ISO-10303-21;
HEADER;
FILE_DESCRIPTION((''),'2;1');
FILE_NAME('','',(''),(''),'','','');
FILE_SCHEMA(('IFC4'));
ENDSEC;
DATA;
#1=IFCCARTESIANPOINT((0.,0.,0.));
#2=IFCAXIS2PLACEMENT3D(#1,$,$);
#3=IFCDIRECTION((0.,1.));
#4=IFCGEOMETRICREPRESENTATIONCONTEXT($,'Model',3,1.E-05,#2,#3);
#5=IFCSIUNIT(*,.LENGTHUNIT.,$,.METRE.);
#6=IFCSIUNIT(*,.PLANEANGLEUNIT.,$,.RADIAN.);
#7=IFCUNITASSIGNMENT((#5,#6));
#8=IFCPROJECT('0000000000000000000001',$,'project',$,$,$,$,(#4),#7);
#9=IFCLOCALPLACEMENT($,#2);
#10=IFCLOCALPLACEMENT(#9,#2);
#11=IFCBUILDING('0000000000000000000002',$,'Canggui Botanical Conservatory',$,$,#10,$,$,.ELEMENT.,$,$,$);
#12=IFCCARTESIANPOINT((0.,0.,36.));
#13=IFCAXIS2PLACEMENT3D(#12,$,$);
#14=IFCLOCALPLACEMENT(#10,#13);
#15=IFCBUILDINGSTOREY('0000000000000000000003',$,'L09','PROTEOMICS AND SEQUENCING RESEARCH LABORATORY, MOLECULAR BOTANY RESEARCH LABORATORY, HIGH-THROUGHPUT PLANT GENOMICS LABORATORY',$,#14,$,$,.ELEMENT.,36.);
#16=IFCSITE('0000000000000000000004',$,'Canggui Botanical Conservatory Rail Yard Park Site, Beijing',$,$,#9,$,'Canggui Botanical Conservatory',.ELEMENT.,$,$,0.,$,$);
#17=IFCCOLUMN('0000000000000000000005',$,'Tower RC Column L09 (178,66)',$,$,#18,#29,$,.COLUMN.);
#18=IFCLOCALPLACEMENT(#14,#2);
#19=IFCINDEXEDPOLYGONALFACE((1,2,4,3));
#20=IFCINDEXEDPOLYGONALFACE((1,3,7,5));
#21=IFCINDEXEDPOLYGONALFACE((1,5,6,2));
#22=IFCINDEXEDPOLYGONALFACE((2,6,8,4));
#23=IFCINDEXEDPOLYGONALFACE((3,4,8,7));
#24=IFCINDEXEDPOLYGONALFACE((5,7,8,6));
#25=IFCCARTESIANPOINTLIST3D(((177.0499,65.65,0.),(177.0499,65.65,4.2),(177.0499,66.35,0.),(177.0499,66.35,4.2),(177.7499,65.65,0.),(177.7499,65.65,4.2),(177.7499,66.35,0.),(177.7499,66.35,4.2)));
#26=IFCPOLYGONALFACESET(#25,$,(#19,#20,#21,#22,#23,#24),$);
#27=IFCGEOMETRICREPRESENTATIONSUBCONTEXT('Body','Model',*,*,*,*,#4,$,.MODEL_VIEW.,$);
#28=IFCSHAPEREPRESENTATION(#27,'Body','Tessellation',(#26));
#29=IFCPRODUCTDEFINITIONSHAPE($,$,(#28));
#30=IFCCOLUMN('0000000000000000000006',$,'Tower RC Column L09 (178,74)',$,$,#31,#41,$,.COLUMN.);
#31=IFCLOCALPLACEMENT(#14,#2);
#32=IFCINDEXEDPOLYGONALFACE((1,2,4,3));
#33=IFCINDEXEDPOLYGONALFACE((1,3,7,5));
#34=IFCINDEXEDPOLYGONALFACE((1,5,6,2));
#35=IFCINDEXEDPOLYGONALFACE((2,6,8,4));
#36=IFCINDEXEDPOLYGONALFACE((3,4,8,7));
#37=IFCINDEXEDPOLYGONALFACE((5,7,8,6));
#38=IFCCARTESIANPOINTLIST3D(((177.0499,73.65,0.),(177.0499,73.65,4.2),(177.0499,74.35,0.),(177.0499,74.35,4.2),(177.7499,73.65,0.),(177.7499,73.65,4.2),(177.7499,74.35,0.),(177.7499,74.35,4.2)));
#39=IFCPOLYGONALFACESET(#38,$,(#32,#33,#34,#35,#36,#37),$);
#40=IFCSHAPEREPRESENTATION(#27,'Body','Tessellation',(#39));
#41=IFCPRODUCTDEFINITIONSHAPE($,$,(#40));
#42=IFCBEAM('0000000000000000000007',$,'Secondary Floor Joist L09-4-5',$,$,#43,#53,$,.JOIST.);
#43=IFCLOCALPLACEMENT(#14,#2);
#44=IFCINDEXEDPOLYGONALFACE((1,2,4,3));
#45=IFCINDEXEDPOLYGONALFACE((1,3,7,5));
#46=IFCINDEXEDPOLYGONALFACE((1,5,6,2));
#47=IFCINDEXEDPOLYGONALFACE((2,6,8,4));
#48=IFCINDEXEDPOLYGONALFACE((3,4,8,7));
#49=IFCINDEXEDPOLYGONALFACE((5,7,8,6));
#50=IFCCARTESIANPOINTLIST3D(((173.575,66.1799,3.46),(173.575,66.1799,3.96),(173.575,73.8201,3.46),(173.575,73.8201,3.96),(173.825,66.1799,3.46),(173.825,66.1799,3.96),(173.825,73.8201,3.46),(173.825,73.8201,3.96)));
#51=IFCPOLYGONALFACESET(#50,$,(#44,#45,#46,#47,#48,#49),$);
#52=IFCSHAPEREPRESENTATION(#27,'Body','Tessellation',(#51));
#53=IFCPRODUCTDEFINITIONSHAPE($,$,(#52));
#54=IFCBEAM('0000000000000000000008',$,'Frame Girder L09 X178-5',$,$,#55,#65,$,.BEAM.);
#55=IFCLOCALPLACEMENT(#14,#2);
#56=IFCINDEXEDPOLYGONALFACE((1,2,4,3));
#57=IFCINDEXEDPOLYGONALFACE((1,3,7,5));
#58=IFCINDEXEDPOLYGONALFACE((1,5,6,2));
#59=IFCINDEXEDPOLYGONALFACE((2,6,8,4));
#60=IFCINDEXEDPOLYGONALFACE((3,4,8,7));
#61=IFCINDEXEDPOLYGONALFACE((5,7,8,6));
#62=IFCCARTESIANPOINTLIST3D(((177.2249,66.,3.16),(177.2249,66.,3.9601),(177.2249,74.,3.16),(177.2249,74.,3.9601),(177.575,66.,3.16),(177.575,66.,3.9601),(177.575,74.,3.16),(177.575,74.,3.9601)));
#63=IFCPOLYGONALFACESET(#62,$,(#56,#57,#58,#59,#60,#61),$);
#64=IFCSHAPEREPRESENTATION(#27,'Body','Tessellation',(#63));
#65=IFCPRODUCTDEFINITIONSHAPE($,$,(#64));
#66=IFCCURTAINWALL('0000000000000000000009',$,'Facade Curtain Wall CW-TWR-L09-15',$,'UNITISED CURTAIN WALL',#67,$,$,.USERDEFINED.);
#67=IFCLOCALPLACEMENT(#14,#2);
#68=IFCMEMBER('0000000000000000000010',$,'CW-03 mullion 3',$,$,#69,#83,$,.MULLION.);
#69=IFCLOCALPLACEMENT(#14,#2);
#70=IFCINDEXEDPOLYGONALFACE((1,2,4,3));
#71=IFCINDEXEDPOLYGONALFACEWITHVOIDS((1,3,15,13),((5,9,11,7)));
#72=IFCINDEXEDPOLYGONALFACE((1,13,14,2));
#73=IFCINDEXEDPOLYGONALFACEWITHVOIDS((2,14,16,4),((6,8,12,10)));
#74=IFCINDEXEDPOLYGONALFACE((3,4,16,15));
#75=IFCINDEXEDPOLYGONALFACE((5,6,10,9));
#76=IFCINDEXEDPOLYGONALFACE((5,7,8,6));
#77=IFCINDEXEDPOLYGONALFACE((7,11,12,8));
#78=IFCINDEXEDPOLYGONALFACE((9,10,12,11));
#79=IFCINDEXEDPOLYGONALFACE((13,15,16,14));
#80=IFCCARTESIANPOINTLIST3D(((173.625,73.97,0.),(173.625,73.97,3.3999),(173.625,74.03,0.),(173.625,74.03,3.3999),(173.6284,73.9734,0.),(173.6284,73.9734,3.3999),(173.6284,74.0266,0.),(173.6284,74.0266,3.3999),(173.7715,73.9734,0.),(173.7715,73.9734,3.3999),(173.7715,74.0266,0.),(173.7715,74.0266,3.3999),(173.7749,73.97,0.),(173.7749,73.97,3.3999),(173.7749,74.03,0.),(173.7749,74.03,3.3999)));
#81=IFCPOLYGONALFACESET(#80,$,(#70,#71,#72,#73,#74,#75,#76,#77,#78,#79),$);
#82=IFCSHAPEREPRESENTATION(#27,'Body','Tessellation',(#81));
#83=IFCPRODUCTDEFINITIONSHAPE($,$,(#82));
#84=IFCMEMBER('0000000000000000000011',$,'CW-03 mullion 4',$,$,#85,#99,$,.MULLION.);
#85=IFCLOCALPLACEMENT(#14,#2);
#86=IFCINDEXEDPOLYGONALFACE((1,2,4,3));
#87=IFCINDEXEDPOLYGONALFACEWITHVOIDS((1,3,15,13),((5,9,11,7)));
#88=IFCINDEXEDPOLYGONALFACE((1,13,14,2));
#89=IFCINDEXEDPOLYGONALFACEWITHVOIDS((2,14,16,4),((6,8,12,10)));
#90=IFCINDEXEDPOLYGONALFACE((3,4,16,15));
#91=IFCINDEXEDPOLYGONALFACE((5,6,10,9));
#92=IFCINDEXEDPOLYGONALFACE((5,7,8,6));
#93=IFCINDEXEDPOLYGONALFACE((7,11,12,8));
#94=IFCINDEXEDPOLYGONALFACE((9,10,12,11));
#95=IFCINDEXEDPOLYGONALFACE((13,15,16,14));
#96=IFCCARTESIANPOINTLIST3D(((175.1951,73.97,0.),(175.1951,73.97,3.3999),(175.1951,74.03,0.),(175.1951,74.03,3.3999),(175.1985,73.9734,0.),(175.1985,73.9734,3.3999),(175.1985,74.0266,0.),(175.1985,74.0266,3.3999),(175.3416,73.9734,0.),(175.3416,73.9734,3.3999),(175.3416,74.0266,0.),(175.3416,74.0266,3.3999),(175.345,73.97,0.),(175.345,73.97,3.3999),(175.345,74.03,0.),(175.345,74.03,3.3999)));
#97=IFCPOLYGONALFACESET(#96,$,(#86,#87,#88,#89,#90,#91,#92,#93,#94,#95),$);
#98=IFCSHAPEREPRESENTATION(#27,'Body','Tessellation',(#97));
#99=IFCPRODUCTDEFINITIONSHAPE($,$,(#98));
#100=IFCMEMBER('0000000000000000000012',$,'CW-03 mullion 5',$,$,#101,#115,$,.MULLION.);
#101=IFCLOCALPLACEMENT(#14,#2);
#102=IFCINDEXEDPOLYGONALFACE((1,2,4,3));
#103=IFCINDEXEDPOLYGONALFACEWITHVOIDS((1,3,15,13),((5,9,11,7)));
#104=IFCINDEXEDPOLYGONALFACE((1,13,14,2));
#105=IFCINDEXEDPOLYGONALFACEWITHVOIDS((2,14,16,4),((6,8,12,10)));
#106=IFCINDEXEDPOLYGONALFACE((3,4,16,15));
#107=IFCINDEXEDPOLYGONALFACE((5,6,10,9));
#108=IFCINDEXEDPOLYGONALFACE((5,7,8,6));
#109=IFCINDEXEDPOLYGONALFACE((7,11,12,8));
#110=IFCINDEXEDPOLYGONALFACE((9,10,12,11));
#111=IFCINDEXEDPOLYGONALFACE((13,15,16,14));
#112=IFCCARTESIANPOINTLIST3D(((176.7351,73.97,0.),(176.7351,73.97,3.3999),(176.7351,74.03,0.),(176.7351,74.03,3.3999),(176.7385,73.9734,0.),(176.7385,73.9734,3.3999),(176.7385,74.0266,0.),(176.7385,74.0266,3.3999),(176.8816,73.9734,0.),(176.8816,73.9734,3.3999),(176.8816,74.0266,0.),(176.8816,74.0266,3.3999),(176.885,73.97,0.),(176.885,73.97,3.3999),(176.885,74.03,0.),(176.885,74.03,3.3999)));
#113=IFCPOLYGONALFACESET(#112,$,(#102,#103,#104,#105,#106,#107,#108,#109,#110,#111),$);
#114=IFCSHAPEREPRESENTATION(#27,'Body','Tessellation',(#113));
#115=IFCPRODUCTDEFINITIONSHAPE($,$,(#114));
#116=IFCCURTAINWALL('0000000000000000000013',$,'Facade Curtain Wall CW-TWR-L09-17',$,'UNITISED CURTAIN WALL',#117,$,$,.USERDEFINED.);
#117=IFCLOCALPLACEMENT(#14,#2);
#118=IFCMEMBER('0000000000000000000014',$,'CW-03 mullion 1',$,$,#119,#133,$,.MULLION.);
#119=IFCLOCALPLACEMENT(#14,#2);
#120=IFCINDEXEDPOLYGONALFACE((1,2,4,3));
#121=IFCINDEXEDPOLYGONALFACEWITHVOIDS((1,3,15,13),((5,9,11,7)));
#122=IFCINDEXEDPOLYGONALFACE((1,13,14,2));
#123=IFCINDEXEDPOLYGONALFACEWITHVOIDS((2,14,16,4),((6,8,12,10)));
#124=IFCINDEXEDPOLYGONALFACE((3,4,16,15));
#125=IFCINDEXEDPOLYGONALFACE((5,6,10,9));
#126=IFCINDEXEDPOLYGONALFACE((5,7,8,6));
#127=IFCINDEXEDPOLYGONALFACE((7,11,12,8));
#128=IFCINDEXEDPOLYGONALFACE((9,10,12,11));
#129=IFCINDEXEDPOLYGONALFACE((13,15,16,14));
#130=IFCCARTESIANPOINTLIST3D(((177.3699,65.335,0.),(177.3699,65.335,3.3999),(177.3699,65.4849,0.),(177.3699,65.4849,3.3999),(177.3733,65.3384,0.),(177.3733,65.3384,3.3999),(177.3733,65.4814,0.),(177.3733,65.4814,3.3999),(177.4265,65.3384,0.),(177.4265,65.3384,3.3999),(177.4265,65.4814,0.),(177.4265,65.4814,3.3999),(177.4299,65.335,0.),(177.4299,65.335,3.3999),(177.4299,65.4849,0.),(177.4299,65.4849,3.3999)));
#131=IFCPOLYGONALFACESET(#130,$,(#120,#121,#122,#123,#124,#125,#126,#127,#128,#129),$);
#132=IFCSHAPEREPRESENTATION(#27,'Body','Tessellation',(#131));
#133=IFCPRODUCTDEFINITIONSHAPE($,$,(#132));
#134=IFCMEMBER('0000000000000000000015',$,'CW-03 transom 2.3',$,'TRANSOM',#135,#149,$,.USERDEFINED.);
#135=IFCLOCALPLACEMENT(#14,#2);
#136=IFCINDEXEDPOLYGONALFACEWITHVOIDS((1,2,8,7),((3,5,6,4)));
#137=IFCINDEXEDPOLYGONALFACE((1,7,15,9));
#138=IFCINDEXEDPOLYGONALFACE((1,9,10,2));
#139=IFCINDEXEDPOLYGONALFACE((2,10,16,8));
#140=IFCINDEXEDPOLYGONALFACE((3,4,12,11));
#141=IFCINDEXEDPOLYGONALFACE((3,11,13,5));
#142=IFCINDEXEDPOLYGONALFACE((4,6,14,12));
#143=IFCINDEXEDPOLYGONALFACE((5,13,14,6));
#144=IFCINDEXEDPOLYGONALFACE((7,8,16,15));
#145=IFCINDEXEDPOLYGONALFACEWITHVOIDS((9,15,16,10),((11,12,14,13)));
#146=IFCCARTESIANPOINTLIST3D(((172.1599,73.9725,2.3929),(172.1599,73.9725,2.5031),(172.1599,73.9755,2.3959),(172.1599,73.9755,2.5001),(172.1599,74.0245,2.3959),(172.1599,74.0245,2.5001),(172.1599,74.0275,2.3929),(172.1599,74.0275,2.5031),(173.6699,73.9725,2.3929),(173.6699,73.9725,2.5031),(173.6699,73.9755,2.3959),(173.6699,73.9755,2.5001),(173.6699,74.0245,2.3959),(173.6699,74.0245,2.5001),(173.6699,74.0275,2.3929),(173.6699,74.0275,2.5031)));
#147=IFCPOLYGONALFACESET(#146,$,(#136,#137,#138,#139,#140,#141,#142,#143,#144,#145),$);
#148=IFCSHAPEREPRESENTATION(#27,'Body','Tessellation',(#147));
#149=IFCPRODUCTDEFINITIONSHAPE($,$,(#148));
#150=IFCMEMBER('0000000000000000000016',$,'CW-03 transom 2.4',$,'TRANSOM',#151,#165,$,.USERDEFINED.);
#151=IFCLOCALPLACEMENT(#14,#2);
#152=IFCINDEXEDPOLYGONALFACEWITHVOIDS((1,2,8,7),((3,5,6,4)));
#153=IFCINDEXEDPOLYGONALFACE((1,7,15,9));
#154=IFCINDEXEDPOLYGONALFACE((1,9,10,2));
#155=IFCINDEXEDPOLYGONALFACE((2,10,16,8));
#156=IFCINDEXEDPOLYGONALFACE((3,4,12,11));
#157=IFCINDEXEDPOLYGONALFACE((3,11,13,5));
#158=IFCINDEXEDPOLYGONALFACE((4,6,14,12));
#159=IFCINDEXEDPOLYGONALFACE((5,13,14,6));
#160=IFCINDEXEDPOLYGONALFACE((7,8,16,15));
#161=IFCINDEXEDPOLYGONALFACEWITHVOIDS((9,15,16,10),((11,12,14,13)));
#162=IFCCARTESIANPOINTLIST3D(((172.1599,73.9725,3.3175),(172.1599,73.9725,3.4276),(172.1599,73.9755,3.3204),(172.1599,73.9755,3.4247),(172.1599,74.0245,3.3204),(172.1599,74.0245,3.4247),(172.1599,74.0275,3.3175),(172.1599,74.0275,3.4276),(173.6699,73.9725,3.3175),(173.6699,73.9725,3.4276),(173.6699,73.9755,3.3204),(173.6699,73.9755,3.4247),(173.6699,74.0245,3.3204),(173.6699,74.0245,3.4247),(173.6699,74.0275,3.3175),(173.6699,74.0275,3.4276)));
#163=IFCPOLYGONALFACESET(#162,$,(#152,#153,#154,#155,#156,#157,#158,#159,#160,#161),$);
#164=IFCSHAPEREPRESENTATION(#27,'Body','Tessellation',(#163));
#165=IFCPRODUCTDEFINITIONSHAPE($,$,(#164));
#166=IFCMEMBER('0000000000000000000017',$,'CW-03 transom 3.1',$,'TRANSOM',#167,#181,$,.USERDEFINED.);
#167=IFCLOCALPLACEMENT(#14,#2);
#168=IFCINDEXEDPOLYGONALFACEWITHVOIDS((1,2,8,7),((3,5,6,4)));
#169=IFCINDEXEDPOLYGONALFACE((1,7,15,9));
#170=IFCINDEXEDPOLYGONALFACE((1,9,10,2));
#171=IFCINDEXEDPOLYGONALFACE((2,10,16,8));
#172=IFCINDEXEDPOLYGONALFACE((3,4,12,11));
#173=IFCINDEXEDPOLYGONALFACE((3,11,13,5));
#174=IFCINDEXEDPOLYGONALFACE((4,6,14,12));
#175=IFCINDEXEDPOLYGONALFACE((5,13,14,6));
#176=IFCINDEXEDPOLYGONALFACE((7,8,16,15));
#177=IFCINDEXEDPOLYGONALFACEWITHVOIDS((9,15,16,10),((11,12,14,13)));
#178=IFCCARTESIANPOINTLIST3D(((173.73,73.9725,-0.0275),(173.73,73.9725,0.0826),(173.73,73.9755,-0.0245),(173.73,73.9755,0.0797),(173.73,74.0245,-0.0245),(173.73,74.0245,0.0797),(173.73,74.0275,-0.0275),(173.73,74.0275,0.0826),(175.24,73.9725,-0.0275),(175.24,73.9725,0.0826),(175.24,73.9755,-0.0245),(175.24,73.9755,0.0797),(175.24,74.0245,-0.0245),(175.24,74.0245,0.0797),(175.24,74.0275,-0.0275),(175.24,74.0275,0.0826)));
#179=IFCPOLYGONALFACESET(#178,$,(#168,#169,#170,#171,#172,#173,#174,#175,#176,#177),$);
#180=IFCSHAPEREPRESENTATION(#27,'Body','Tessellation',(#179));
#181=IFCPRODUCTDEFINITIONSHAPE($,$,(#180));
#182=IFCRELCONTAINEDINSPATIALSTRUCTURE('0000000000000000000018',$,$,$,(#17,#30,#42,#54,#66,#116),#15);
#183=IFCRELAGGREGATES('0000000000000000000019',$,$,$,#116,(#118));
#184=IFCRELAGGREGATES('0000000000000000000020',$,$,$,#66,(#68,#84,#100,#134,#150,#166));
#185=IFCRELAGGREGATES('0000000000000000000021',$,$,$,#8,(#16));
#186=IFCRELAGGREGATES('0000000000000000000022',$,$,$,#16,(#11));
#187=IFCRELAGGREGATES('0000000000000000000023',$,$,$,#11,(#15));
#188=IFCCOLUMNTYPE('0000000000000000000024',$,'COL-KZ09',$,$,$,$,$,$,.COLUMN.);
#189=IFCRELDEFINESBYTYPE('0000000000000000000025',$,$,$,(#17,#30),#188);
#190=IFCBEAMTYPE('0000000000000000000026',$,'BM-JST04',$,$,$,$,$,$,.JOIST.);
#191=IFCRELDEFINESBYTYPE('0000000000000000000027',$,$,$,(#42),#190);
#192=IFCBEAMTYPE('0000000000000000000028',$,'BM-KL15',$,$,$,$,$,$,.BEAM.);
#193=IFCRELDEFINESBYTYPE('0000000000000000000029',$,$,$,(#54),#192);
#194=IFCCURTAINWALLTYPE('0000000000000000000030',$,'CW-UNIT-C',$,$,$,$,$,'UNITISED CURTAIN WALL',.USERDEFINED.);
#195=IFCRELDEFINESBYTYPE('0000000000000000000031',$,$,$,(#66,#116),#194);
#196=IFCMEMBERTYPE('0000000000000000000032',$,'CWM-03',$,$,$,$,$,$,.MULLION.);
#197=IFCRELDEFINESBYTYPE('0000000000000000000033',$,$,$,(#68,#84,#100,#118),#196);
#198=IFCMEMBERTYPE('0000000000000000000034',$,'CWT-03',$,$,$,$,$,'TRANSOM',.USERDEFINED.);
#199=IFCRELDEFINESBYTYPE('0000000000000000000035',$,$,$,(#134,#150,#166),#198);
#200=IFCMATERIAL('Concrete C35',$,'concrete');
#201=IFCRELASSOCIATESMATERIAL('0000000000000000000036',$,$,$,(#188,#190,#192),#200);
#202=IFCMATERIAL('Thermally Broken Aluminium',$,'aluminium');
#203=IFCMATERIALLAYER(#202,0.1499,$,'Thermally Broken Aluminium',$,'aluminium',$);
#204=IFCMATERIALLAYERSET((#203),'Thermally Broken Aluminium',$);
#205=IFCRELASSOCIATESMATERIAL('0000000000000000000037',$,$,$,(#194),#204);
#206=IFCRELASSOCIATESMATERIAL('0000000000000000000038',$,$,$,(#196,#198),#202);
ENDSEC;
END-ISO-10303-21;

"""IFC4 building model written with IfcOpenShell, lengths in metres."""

from ifc_helpers import new_model, si_unit, direction, frame, origin, origin_2d, place, context, subcontext, project, spatial, rectangle, hollow_rectangle, extrude, material, layer, layer_set, material_profile, profile_set, type_object, element, aggregate, save


model = new_model("IFC4")

# Units and contexts
model_context = context("Model", 3, precision=1e-05, world=origin(), true_north=direction((0.0, 1.0)))
body_context = subcontext(model_context, "Body", "Model", "MODEL_VIEW")
ifc_project = project(units=[si_unit("LENGTHUNIT", "METRE"), si_unit("PLANEANGLEUNIT", "RADIAN")], contexts=[model_context])

# Site, building, storey
site_placement = place(None, origin())
site = spatial("IfcSite", under=ifc_project, at=site_placement, Name="Canggui Botanical Conservatory Rail Yard Park Site, Beijing", LongName="Canggui Botanical Conservatory", CompositionType="ELEMENT", RefElevation=0.0)
building_placement = place(site_placement, origin())
building = spatial("IfcBuilding", under=site, at=building_placement, Name="Canggui Botanical Conservatory", CompositionType="ELEMENT")
storey_placement = place(building_placement, frame((0.0, 0.0, 36.0)))
storey = spatial("IfcBuildingStorey", under=building, at=storey_placement, Name="L09", Description="PROTEOMICS AND SEQUENCING RESEARCH LABORATORY, MOLECULAR BOTANY RESEARCH LABORATORY, HIGH-THROUGHPUT PLANT GENOMICS LABORATORY", CompositionType="ELEMENT", Elevation=36.0)

# Columns
ifc_material_1 = material(Name="Concrete C35", Category="concrete")
ifc_material_profile_1 = material_profile(ifc_material_1, rectangle(XDim=0.7, YDim=0.7, at=origin_2d()), Name="RC 700x700")
ifc_profile_set_1 = profile_set([ifc_material_profile_1], Name="Concrete C35")
column_type = type_object("IfcColumnType", Name="COL-KZ09", PredefinedType="COLUMN", material=ifc_profile_set_1)
for number, where, z_axis, x_axis, name in (
    (1, (177.3999, 66.0, 0.0), (0.0, 0.0, 1.0), (1.0, 0.0, 0.0), "Tower RC Column L09 (178,66)"),
    (2, (177.3999, 74.0, 0.0), (0.0, 0.0, 1.0), (1.0, 0.0, 0.0), "Tower RC Column L09 (178,74)"),
):
    element("IfcColumn", number, at=place(storey_placement, frame(where, z_axis=z_axis, x_axis=x_axis)), inside=storey, type_object=column_type, Name=name, PredefinedType="COLUMN", context=body_context, shape_type="SweptSolid", body=[
        extrude(rectangle(XDim=0.7, YDim=0.7, at=origin_2d()), origin(), (0.0, 0.0, 1.0), 4.2),
    ])

# Beams
ifc_material_profile_2 = material_profile(ifc_material_1, rectangle(XDim=0.25, YDim=0.5, at=origin_2d()), Name="RB 250x500")
ifc_profile_set_2 = profile_set([ifc_material_profile_2], Name="Concrete C35")
beam_type_1 = type_object("IfcBeamType", Name="BM-JST04", PredefinedType="JOIST", material=ifc_profile_set_2)
beam_1_placement = place(storey_placement, frame((173.7, 66.1799, 3.71), z_axis=(0.0, 1.0, 0.0), x_axis=(-1.0, 0.0, 0.0)))
element("IfcBeam", 3, at=beam_1_placement, inside=storey, type_object=beam_type_1, Name="Secondary Floor Joist L09-4-5", PredefinedType="JOIST", context=body_context, shape_type="SweptSolid", body=[
    extrude(rectangle(XDim=0.25, YDim=0.5, at=origin_2d()), origin(), (0.0, 0.0, 1.0), 7.6401),
])
ifc_material_profile_3 = material_profile(ifc_material_1, rectangle(XDim=0.3501, YDim=0.8, at=origin_2d()), Name="RB 350x800")
ifc_profile_set_3 = profile_set([ifc_material_profile_3], Name="Concrete C35")
beam_type_2 = type_object("IfcBeamType", Name="BM-KL15", PredefinedType="BEAM", material=ifc_profile_set_3)
beam_2_placement = place(storey_placement, frame((177.3999, 66.0, 3.5601), z_axis=(0.0, 1.0, 0.0), x_axis=(-1.0, 0.0, 0.0)))
element("IfcBeam", 4, at=beam_2_placement, inside=storey, type_object=beam_type_2, Name="Frame Girder L09 X178-5", PredefinedType="BEAM", context=body_context, shape_type="SweptSolid", body=[
    extrude(rectangle(XDim=0.3501, YDim=0.8, at=origin_2d()), origin(), (0.0, 0.0, 1.0), 8.0),
])

# Curtain wall, members
ifc_material_2 = material(Name="Thermally Broken Aluminium", Category="aluminium")
ifc_layer_1 = layer(ifc_material_2, 0.1499, Name="Thermally Broken Aluminium", Category="aluminium")
ifc_layer_set_1 = layer_set([ifc_layer_1], Name="Thermally Broken Aluminium")
curtain_wall_type = type_object("IfcCurtainWallType", Name="CW-UNIT-C", ElementType="UNITISED CURTAIN WALL", PredefinedType="USERDEFINED", material=ifc_layer_set_1)
curtain_wall_1_placement = place(storey_placement, origin())
curtain_wall_1 = element("IfcCurtainWall", 5, at=curtain_wall_1_placement, inside=storey, type_object=curtain_wall_type, Name="Facade Curtain Wall CW-TWR-L09-15", ObjectType="UNITISED CURTAIN WALL", PredefinedType="USERDEFINED")
ifc_material_profile_4 = material_profile(ifc_material_2, hollow_rectangle(XDim=0.0601, YDim=0.1499, WallThickness=0.0034, at=origin_2d()), Name="CWM 60x150x3.5")
ifc_profile_set_4 = profile_set([ifc_material_profile_4], Name="Thermally Broken Aluminium")
member_type_1 = type_object("IfcMemberType", Name="CWM-03", PredefinedType="MULLION", material=ifc_profile_set_4)
member_1_placement = place(storey_placement, frame((173.7, 74.0, 0.0), z_axis=(0.0, 0.0, 1.0), x_axis=(0.0, 1.0, 0.0)))
member_1 = element("IfcMember", 6, at=member_1_placement, type_object=member_type_1, Name="CW-03 mullion 3", PredefinedType="MULLION", context=body_context, shape_type="SweptSolid", body=[
    extrude(hollow_rectangle(XDim=0.0601, YDim=0.1499, WallThickness=0.0034, at=origin_2d()), origin(), (0.0, 0.0, 1.0), 3.3999),
])
member_2_placement = place(storey_placement, frame((175.27, 74.0, 0.0), z_axis=(0.0, 0.0, 1.0), x_axis=(0.0, 1.0, 0.0)))
member_2 = element("IfcMember", 7, at=member_2_placement, type_object=member_type_1, Name="CW-03 mullion 4", PredefinedType="MULLION", context=body_context, shape_type="SweptSolid", body=[
    extrude(hollow_rectangle(XDim=0.0601, YDim=0.1499, WallThickness=0.0034, at=origin_2d()), origin(), (0.0, 0.0, 1.0), 3.3999),
])
member_3_placement = place(storey_placement, frame((176.8101, 74.0, 0.0), z_axis=(0.0, 0.0, 1.0), x_axis=(0.0, 1.0, 0.0)))
member_3 = element("IfcMember", 8, at=member_3_placement, type_object=member_type_1, Name="CW-03 mullion 5", PredefinedType="MULLION", context=body_context, shape_type="SweptSolid", body=[
    extrude(hollow_rectangle(XDim=0.0601, YDim=0.1499, WallThickness=0.0034, at=origin_2d()), origin(), (0.0, 0.0, 1.0), 3.3999),
])

# Curtain wall, member
curtain_wall_2_placement = place(storey_placement, origin())
curtain_wall_2 = element("IfcCurtainWall", 9, at=curtain_wall_2_placement, inside=storey, type_object=curtain_wall_type, Name="Facade Curtain Wall CW-TWR-L09-17", ObjectType="UNITISED CURTAIN WALL", PredefinedType="USERDEFINED")
member_4_placement = place(storey_placement, frame((177.3999, 65.4099, 0.0), z_axis=(0.0, 0.0, 1.0), x_axis=(1.0, 0.0, 0.0)))
member_4 = element("IfcMember", 10, at=member_4_placement, type_object=member_type_1, Name="CW-03 mullion 1", PredefinedType="MULLION", context=body_context, shape_type="SweptSolid", body=[
    extrude(hollow_rectangle(XDim=0.0601, YDim=0.1499, WallThickness=0.0034, at=origin_2d()), origin(), (0.0, 0.0, 1.0), 3.3999),
])

# Members
ifc_material_profile_5 = material_profile(ifc_material_2, hollow_rectangle(XDim=0.0549, YDim=0.1101, WallThickness=0.0029, at=origin_2d()), Name="CWT 55x110x3")
ifc_profile_set_5 = profile_set([ifc_material_profile_5], Name="Thermally Broken Aluminium")
member_type_2 = type_object("IfcMemberType", Name="CWT-03", ElementType="TRANSOM", PredefinedType="USERDEFINED", material=ifc_profile_set_5)
member_5_placement = place(storey_placement, frame((172.1599, 74.0, 2.448), z_axis=(1.0, 0.0, 0.0), x_axis=(0.0, 1.0, 0.0)))
member_5 = element("IfcMember", 11, at=member_5_placement, type_object=member_type_2, Name="CW-03 transom 2.3", ObjectType="TRANSOM", PredefinedType="USERDEFINED", context=body_context, shape_type="SweptSolid", body=[
    extrude(hollow_rectangle(XDim=0.0549, YDim=0.1101, WallThickness=0.0029, at=origin_2d()), origin(), (0.0, 0.0, 1.0), 1.51),
])
member_6_placement = place(storey_placement, frame((172.1599, 74.0, 3.3726), z_axis=(1.0, 0.0, 0.0), x_axis=(0.0, 1.0, 0.0)))
member_6 = element("IfcMember", 12, at=member_6_placement, type_object=member_type_2, Name="CW-03 transom 2.4", ObjectType="TRANSOM", PredefinedType="USERDEFINED", context=body_context, shape_type="SweptSolid", body=[
    extrude(hollow_rectangle(XDim=0.0549, YDim=0.1101, WallThickness=0.0029, at=origin_2d()), origin(), (0.0, 0.0, 1.0), 1.51),
])
member_7_placement = place(storey_placement, frame((173.73, 74.0, 0.0276), z_axis=(1.0, 0.0, 0.0), x_axis=(0.0, 1.0, 0.0)))
member_7 = element("IfcMember", 13, at=member_7_placement, type_object=member_type_2, Name="CW-03 transom 3.1", ObjectType="TRANSOM", PredefinedType="USERDEFINED", context=body_context, shape_type="SweptSolid", body=[
    extrude(hollow_rectangle(XDim=0.0549, YDim=0.1101, WallThickness=0.0029, at=origin_2d()), origin(), (0.0, 0.0, 1.0), 1.51),
])
aggregate(curtain_wall_2, [member_4])

aggregate(curtain_wall_1, [member_1, member_2, member_3, member_5, member_6, member_7])

save(model, "model.ifc")
